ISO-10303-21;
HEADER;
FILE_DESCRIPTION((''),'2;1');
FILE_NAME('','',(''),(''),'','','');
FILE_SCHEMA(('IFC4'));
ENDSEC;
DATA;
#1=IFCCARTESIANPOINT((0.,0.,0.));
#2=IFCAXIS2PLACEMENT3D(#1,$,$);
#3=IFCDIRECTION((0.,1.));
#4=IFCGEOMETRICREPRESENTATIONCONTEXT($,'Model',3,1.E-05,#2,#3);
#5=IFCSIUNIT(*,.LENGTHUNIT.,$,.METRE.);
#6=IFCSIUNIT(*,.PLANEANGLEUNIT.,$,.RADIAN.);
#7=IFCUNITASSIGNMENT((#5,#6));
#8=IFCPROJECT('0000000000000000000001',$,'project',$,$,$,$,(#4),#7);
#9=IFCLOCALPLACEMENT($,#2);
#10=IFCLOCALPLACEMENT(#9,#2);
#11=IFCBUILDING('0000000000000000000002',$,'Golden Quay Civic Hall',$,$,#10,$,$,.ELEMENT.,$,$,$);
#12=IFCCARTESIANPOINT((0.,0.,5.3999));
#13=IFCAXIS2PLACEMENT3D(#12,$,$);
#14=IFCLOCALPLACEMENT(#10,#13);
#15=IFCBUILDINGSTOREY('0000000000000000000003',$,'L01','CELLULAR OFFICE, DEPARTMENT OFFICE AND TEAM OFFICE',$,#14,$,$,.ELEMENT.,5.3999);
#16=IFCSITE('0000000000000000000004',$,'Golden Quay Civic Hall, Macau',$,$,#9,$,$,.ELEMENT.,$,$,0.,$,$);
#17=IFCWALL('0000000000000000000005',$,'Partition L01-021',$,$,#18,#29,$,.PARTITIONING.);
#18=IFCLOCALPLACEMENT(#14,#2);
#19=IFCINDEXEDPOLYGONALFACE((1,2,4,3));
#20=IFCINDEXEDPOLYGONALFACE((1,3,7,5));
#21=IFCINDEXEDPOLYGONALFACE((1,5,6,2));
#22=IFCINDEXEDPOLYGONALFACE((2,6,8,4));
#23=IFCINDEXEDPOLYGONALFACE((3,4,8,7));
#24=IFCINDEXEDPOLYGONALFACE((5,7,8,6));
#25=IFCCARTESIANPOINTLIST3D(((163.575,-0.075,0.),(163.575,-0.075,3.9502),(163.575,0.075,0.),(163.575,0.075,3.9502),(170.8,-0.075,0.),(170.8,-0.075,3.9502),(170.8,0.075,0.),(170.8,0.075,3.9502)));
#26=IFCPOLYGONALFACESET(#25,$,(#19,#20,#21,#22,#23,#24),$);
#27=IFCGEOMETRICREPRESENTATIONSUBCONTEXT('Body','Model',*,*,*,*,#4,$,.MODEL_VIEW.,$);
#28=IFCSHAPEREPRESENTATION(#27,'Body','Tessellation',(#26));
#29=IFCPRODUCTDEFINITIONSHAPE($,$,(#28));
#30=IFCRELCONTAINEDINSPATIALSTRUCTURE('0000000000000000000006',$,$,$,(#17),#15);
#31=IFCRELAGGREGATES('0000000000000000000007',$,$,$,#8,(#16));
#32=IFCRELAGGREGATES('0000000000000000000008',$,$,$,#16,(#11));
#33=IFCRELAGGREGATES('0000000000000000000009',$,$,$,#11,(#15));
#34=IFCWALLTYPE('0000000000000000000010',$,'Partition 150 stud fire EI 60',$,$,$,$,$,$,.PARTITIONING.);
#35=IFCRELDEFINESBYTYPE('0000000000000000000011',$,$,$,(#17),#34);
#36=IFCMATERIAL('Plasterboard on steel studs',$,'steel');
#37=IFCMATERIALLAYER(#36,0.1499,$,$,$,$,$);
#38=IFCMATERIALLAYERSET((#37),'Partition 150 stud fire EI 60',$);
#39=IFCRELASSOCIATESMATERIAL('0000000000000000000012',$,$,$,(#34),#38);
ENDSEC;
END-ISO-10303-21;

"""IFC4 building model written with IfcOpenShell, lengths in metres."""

from ifc_helpers import new_model, si_unit, direction, frame, frame_2d, origin, place, context, subcontext, project, spatial, rectangle, extrude, material, layer, layer_set, type_object, element, save


model = new_model("IFC4")

# Units and contexts
model_context = context("Model", 3, precision=1e-05, world=origin(), true_north=direction((0.0, 1.0)))
body_context = subcontext(model_context, "Body", "Model", "MODEL_VIEW")
ifc_project = project(units=[si_unit("LENGTHUNIT", "METRE"), si_unit("PLANEANGLEUNIT", "RADIAN")], contexts=[model_context])

# Site, building, storey
site_placement = place(None, origin())
site = spatial("IfcSite", under=ifc_project, at=site_placement, Name="Golden Quay Civic Hall, Macau", CompositionType="ELEMENT", RefElevation=0.0)
building_placement = place(site_placement, origin())
building = spatial("IfcBuilding", under=site, at=building_placement, Name="Golden Quay Civic Hall", CompositionType="ELEMENT")
storey_placement = place(building_placement, frame((0.0, 0.0, 5.3999)))
storey = spatial("IfcBuildingStorey", under=building, at=storey_placement, Name="L01", Description="CELLULAR OFFICE, DEPARTMENT OFFICE AND TEAM OFFICE", CompositionType="ELEMENT", Elevation=5.3999)

# Wall
ifc_material_1 = material(Name="Plasterboard on steel studs", Category="steel")
ifc_layer_1 = layer(ifc_material_1, 0.1499)
ifc_layer_set_1 = layer_set([ifc_layer_1], Name="Partition 150 stud fire EI 60")
wall_type_1 = type_object("IfcWallType", Name="Partition 150 stud fire EI 60", PredefinedType="PARTITIONING", material=ifc_layer_set_1)
wall_1_placement = place(storey_placement, frame((163.575, 0.0, 0.0), z_axis=(0.0, 0.0, 1.0), x_axis=(1.0, 0.0, 0.0)))
element("IfcWall", 1, at=wall_1_placement, inside=storey, type_object=wall_type_1, Name="Partition L01-021", PredefinedType="PARTITIONING", context=body_context, shape_type="SweptSolid", body=[
    extrude(rectangle(XDim=7.2251, YDim=0.1499, at=frame_2d((3.6125, 0.0))), origin(), (0.0, 0.0, 1.0), 3.9502),
])

save(model, "model.ifc")
